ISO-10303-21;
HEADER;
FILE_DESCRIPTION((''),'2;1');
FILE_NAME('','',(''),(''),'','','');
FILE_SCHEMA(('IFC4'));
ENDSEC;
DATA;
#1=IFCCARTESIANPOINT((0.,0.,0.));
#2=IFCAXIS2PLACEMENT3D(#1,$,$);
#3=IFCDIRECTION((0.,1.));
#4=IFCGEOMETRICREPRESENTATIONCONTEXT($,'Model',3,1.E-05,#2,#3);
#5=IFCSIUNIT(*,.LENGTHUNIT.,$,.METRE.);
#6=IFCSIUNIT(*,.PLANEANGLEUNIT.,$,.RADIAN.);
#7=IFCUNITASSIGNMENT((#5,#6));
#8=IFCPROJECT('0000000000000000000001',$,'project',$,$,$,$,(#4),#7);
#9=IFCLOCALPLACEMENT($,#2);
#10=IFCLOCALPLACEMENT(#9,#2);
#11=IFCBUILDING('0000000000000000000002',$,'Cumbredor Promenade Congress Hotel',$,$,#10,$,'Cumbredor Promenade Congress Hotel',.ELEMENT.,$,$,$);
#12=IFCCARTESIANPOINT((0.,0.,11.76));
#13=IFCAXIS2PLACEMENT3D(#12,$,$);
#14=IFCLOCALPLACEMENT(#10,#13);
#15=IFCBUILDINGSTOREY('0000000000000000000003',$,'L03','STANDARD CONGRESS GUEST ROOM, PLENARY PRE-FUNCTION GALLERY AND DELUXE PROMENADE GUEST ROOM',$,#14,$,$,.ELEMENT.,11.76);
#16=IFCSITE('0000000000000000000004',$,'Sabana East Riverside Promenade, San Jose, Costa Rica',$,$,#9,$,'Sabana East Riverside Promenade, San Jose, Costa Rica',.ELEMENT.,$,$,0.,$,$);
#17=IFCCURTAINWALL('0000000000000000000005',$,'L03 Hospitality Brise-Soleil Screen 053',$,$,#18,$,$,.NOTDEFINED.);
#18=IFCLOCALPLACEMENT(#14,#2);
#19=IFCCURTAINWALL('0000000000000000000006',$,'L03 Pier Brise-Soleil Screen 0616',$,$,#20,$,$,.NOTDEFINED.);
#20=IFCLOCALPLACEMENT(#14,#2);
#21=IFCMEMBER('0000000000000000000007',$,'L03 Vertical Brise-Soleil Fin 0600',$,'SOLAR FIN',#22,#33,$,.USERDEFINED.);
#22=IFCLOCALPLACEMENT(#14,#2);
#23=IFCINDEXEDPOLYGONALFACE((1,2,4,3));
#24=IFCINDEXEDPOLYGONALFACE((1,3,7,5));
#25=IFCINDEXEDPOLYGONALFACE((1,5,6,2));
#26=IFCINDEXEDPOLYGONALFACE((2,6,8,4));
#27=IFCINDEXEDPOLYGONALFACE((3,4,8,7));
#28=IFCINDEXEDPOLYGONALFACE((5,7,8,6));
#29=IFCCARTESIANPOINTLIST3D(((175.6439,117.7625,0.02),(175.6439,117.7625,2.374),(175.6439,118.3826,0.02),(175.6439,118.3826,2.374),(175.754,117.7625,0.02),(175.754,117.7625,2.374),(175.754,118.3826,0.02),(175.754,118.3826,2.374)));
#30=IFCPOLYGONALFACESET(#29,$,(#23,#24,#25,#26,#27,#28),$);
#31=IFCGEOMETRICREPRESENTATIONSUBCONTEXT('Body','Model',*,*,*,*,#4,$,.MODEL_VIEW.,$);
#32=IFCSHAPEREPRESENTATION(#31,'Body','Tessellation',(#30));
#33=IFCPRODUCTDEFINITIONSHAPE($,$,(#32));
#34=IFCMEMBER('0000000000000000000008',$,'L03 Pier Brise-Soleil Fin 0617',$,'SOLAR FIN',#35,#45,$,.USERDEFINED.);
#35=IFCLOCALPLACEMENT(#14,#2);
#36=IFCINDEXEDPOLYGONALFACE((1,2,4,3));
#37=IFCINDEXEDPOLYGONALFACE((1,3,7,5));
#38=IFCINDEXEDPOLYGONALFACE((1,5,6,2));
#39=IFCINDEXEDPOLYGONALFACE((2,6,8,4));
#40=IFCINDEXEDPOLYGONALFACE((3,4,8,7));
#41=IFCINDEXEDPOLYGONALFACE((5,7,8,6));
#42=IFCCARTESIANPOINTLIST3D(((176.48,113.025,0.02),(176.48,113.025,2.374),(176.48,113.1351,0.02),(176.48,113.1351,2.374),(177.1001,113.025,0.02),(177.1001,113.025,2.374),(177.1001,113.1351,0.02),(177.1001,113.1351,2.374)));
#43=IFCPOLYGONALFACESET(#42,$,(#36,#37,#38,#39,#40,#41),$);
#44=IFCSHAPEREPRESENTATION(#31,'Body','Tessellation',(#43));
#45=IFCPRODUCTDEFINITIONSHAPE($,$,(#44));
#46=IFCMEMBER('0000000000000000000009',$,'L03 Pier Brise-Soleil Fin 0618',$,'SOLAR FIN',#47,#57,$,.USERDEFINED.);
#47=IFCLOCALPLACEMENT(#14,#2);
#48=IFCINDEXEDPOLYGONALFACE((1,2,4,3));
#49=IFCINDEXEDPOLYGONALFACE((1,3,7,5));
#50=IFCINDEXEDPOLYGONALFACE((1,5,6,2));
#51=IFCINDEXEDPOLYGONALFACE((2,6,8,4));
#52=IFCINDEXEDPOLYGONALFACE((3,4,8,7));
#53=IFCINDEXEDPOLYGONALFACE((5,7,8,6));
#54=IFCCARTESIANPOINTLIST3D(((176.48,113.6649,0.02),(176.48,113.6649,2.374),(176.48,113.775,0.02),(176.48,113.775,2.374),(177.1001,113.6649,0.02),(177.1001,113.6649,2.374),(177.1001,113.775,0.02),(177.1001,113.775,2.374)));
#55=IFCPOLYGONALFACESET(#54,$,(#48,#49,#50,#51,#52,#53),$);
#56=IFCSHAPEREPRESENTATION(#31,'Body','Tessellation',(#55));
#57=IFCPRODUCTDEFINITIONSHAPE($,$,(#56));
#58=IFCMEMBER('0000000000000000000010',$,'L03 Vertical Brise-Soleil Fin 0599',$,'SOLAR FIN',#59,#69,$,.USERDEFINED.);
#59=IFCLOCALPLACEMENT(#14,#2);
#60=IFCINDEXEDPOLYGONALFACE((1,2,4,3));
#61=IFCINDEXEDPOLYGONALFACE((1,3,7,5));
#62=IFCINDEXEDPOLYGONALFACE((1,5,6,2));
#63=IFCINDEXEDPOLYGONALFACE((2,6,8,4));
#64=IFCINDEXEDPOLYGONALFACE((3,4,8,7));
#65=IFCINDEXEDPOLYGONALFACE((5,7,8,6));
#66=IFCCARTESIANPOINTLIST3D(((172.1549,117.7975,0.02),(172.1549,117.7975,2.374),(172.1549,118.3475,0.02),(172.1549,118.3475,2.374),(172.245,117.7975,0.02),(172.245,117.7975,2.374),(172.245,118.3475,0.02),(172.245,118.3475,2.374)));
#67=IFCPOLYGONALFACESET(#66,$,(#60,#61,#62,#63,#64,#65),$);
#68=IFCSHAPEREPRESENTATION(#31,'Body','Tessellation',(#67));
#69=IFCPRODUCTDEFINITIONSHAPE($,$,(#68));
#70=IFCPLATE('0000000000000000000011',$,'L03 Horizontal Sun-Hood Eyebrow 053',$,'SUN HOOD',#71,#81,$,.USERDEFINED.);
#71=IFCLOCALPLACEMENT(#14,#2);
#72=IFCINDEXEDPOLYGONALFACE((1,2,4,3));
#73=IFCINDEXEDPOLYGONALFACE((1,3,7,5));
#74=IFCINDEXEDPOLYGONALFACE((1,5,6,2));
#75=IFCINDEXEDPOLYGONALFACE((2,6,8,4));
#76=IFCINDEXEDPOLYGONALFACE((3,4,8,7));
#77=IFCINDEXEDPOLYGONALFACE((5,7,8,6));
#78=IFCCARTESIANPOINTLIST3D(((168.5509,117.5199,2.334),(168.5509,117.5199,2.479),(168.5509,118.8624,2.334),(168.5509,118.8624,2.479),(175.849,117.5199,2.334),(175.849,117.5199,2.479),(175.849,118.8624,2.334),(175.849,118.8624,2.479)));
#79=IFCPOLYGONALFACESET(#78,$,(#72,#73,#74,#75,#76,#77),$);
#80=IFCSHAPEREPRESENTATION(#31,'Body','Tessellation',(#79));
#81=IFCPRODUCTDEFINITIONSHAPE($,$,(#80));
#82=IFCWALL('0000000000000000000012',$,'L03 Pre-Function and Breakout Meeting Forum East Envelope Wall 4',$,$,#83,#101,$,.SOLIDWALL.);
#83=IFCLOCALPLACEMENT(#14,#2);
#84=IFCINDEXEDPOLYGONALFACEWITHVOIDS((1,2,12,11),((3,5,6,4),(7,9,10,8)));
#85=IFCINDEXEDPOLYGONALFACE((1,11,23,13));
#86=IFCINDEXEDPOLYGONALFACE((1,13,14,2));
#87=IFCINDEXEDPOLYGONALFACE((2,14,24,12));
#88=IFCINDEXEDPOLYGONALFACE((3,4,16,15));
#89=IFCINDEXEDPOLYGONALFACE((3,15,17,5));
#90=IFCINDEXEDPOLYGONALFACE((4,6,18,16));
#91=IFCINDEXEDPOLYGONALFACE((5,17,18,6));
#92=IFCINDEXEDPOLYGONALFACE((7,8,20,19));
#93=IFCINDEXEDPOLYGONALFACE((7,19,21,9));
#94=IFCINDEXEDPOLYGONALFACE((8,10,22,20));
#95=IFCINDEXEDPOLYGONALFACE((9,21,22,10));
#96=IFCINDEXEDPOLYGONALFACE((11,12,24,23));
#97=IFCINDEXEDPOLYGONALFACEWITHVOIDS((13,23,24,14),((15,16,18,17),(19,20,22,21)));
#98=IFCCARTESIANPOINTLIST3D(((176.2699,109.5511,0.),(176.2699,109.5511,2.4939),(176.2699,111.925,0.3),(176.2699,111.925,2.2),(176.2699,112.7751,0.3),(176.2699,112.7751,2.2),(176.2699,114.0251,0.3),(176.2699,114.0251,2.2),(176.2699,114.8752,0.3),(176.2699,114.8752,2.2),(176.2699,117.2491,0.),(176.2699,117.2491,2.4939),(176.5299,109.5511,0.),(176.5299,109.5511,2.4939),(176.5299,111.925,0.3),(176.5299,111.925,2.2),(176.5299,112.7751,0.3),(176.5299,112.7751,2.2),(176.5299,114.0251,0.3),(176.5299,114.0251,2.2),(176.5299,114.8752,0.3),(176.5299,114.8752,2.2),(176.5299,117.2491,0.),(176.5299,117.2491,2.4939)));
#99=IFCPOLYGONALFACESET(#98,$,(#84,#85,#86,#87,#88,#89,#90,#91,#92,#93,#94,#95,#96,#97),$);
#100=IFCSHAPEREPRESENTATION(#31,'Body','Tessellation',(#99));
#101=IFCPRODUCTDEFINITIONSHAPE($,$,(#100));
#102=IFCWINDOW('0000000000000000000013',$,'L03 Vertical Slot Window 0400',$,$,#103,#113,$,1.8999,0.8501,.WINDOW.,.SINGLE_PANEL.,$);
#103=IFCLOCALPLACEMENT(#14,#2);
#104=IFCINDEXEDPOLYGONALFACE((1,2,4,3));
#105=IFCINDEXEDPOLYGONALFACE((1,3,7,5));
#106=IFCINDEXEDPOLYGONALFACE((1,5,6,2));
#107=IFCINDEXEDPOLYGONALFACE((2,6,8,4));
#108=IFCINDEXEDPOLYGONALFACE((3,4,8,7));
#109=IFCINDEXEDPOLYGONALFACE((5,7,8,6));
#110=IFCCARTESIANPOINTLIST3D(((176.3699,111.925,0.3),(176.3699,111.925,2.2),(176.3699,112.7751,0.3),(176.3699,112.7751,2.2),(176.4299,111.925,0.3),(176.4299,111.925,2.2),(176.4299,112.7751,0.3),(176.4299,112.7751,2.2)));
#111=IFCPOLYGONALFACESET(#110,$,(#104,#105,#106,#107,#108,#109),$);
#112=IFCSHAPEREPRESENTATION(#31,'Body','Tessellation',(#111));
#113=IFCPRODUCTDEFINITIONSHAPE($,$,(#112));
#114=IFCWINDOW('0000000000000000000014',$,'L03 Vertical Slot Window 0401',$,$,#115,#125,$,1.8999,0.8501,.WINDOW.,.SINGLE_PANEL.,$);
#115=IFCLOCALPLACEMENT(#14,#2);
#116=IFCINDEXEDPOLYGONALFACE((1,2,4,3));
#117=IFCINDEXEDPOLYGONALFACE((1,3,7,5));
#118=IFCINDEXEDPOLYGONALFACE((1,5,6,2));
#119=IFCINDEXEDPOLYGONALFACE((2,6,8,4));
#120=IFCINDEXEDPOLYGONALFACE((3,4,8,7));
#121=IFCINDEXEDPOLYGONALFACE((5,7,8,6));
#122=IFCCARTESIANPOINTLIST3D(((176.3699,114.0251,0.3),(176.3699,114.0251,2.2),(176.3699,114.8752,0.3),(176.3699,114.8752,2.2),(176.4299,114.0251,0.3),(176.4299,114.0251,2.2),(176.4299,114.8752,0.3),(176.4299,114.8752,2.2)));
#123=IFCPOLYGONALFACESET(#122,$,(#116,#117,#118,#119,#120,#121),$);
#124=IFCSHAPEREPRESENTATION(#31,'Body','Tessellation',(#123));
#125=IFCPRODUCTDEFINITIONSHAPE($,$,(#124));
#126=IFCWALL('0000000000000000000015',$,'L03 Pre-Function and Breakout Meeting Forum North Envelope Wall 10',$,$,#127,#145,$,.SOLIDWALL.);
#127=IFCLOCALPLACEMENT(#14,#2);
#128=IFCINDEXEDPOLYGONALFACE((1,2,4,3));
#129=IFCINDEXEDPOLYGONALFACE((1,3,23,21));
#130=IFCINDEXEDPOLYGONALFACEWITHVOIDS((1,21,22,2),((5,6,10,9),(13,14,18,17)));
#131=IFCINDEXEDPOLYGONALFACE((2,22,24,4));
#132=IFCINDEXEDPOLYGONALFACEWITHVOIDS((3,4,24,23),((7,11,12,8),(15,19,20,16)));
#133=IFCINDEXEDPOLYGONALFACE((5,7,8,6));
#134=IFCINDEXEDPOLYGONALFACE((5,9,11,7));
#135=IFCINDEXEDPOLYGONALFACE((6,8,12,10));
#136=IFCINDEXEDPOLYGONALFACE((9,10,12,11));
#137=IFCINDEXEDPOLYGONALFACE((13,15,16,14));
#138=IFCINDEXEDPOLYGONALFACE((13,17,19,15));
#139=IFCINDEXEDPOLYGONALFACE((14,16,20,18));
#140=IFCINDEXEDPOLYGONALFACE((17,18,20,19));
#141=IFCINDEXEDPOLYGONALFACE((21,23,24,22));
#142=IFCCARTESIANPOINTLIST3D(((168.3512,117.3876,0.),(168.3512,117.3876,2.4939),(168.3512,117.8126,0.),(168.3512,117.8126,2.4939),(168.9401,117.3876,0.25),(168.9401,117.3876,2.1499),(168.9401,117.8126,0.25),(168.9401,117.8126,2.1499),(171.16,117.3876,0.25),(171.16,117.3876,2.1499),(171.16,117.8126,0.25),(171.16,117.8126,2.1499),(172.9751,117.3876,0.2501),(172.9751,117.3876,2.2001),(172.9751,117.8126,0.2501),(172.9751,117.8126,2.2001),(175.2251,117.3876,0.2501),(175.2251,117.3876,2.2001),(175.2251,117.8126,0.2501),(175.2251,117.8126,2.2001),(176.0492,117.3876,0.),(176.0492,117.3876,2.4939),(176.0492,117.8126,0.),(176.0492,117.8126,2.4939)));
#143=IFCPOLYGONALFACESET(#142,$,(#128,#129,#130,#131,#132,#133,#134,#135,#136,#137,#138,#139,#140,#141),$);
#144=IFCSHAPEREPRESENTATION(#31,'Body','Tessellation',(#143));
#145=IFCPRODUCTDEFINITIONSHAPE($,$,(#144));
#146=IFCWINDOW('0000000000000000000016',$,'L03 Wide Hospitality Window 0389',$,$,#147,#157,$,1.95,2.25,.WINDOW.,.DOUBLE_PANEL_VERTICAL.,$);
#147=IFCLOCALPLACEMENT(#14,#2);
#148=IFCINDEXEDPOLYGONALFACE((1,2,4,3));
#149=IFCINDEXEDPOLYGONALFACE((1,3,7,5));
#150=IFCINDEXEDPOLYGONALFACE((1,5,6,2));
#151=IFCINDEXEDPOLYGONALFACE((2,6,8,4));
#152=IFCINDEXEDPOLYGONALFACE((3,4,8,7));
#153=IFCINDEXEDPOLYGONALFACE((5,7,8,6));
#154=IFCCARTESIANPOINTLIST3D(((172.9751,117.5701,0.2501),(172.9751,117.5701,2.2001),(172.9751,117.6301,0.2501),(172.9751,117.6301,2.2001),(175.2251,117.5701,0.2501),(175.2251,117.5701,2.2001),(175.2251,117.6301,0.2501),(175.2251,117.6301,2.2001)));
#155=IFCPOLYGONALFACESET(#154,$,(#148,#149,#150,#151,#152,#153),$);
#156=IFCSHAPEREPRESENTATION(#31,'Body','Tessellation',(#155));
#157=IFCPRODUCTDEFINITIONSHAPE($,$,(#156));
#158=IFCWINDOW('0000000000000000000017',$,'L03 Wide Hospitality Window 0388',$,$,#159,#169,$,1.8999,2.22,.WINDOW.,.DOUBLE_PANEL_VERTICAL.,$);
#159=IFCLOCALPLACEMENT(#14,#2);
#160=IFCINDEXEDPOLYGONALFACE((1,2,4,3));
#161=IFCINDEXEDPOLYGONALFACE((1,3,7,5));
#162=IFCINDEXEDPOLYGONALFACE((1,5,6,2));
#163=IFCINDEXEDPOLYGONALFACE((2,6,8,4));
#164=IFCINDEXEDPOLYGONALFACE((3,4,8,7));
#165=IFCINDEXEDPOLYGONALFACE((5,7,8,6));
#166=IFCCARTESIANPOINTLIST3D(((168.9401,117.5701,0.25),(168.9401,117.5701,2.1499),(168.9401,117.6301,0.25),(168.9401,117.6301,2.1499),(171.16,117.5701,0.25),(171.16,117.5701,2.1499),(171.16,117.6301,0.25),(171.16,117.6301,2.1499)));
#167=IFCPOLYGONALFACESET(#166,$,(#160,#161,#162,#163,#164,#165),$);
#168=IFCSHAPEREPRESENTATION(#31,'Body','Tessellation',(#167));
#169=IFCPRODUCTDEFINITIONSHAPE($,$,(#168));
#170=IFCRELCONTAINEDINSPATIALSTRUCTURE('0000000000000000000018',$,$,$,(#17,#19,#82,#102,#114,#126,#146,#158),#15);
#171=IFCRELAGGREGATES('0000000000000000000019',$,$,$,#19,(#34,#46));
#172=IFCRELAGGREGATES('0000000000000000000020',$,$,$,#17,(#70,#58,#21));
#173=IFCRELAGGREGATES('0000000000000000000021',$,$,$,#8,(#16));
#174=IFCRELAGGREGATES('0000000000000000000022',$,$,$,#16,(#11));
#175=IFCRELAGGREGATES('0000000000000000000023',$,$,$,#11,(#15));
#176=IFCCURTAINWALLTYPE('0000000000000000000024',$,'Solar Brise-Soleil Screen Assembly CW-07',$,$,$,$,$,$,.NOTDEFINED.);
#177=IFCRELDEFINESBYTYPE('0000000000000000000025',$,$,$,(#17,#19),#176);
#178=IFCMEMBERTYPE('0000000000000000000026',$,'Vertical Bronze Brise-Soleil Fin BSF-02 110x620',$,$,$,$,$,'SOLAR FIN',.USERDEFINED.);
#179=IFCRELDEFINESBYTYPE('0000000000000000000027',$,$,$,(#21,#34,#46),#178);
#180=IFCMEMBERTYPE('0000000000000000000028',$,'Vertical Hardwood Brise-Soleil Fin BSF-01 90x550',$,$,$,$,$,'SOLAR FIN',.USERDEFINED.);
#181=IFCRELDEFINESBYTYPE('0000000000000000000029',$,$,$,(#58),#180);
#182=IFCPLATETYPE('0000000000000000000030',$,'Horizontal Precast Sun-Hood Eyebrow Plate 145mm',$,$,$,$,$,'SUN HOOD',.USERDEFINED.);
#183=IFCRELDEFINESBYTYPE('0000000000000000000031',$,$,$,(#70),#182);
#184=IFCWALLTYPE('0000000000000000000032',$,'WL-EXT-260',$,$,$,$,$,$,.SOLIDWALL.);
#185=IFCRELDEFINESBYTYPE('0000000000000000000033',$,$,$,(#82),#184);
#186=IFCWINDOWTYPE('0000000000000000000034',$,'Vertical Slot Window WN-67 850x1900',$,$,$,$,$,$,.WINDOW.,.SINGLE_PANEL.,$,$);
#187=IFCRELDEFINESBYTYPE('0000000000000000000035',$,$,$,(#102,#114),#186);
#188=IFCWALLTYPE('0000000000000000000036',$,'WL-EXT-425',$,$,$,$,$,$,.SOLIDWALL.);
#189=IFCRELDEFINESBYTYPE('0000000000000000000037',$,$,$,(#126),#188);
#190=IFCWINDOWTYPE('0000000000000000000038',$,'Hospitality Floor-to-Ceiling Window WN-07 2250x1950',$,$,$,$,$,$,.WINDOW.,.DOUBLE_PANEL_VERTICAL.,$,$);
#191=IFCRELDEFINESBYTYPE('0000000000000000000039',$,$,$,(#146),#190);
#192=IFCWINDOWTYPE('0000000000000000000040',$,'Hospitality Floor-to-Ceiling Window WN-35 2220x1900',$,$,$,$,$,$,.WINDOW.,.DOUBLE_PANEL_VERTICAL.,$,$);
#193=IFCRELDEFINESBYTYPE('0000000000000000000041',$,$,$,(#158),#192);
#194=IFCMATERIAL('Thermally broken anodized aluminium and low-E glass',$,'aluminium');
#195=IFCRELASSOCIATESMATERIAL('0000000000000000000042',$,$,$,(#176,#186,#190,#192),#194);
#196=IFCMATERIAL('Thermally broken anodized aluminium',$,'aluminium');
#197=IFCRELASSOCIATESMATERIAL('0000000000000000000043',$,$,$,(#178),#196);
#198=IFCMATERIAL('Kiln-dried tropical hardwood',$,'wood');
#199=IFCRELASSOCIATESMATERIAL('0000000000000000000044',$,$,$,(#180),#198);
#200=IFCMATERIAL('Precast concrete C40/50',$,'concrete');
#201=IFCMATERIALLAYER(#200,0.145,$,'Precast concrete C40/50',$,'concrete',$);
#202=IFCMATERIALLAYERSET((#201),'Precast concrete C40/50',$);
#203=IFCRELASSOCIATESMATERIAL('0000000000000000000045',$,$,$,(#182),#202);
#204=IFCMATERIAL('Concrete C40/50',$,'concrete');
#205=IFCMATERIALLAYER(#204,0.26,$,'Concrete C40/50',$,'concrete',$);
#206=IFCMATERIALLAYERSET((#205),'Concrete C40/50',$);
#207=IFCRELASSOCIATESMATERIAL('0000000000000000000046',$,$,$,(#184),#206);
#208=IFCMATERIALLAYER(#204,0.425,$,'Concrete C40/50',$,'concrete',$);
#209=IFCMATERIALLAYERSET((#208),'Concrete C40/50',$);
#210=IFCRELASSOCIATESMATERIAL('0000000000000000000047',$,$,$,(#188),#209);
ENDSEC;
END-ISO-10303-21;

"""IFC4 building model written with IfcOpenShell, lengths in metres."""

from ifc_helpers import new_model, si_unit, direction, frame, frame_2d, origin, origin_2d, place, context, subcontext, project, spatial, rectangle, extrude, material, layer, layer_set, material_profile, profile_set, type_object, element, fill, aggregate, save


model = new_model("IFC4")

# Units and contexts
model_context = context("Model", 3, precision=1e-05, world=origin(), true_north=direction((0.0, 1.0)))
body_context = subcontext(model_context, "Body", "Model", "MODEL_VIEW")
ifc_project = project(units=[si_unit("LENGTHUNIT", "METRE"), si_unit("PLANEANGLEUNIT", "RADIAN")], contexts=[model_context])

# Site, building, storey
site_placement = place(None, origin())
site = spatial("IfcSite", under=ifc_project, at=site_placement, Name="Sabana East Riverside Promenade, San Jose, Costa Rica", LongName="Sabana East Riverside Promenade, San Jose, Costa Rica", CompositionType="ELEMENT", RefElevation=0.0)
building_placement = place(site_placement, origin())
building = spatial("IfcBuilding", under=site, at=building_placement, Name="Cumbredor Promenade Congress Hotel", LongName="Cumbredor Promenade Congress Hotel", CompositionType="ELEMENT")
storey_placement = place(building_placement, frame((0.0, 0.0, 11.76)))
storey = spatial("IfcBuildingStorey", under=building, at=storey_placement, Name="L03", Description="STANDARD CONGRESS GUEST ROOM, PLENARY PRE-FUNCTION GALLERY AND DELUXE PROMENADE GUEST ROOM", CompositionType="ELEMENT", Elevation=11.76)

# Shared definitions
ifc_material_1 = material(Name="Concrete C40/50", Category="concrete")

# Curtain walls
ifc_material_2 = material(Name="Thermally broken anodized aluminium and low-E glass", Category="aluminium")
curtain_wall_type = type_object("IfcCurtainWallType", Name="Solar Brise-Soleil Screen Assembly CW-07", PredefinedType="NOTDEFINED", material=ifc_material_2)
curtain_wall_1_placement = place(storey_placement, origin())
curtain_wall_1 = element("IfcCurtainWall", 1, at=curtain_wall_1_placement, inside=storey, type_object=curtain_wall_type, Name="L03 Hospitality Brise-Soleil Screen 053", PredefinedType="NOTDEFINED")
ifc_material_3 = material(Name="Thermally broken anodized aluminium", Category="aluminium")
curtain_wall_2_placement = place(storey_placement, origin())
curtain_wall_2 = element("IfcCurtainWall", 2, at=curtain_wall_2_placement, inside=storey, type_object=curtain_wall_type, Name="L03 Pier Brise-Soleil Screen 0616", PredefinedType="NOTDEFINED")

# Members
ifc_material_profile_1 = material_profile(ifc_material_3, rectangle(XDim=0.1101, YDim=0.6201, at=origin_2d()), Name="ARCH FIN 110x620")
ifc_profile_set_1 = profile_set([ifc_material_profile_1], Name="Thermally broken anodized aluminium")
member_type_1 = type_object("IfcMemberType", Name="Vertical Bronze Brise-Soleil Fin BSF-02 110x620", ElementType="SOLAR FIN", PredefinedType="USERDEFINED", material=ifc_profile_set_1)
member_1_placement = place(storey_placement, frame((175.699, 118.0725, 0.02), z_axis=(0.0, 0.0, 1.0), x_axis=(1.0, 0.0, 0.0)))
member_1 = element("IfcMember", 3, at=member_1_placement, type_object=member_type_1, Name="L03 Vertical Brise-Soleil Fin 0600", ObjectType="SOLAR FIN", PredefinedType="USERDEFINED", context=body_context, shape_type="SweptSolid", body=[
    extrude(rectangle(XDim=0.1101, YDim=0.6201, at=origin_2d()), origin(), (0.0, 0.0, 1.0), 2.354),
])
member_2_placement = place(storey_placement, frame((176.79, 113.0801, 0.02), z_axis=(0.0, 0.0, 1.0), x_axis=(0.0, 1.0, 0.0)))
member_2 = element("IfcMember", 4, at=member_2_placement, type_object=member_type_1, Name="L03 Pier Brise-Soleil Fin 0617", ObjectType="SOLAR FIN", PredefinedType="USERDEFINED", context=body_context, shape_type="SweptSolid", body=[
    extrude(rectangle(XDim=0.1101, YDim=0.6201, at=origin_2d()), origin(), (0.0, 0.0, 1.0), 2.354),
])
member_3_placement = place(storey_placement, frame((176.79, 113.72, 0.02), z_axis=(0.0, 0.0, 1.0), x_axis=(0.0, 1.0, 0.0)))
member_3 = element("IfcMember", 5, at=member_3_placement, type_object=member_type_1, Name="L03 Pier Brise-Soleil Fin 0618", ObjectType="SOLAR FIN", PredefinedType="USERDEFINED", context=body_context, shape_type="SweptSolid", body=[
    extrude(rectangle(XDim=0.1101, YDim=0.6201, at=origin_2d()), origin(), (0.0, 0.0, 1.0), 2.354),
])
aggregate(curtain_wall_2, [member_2, member_3])
ifc_material_4 = material(Name="Kiln-dried tropical hardwood", Category="wood")
ifc_material_profile_2 = material_profile(ifc_material_4, rectangle(XDim=0.0901, YDim=0.55, at=origin_2d()), Name="ARCH FIN 90x550")
ifc_profile_set_2 = profile_set([ifc_material_profile_2], Name="Kiln-dried tropical hardwood")
member_type_2 = type_object("IfcMemberType", Name="Vertical Hardwood Brise-Soleil Fin BSF-01 90x550", ElementType="SOLAR FIN", PredefinedType="USERDEFINED", material=ifc_profile_set_2)
member_4_placement = place(storey_placement, frame((172.2, 118.0725, 0.02), z_axis=(0.0, 0.0, 1.0), x_axis=(1.0, 0.0, 0.0)))
member_4 = element("IfcMember", 6, at=member_4_placement, type_object=member_type_2, Name="L03 Vertical Brise-Soleil Fin 0599", ObjectType="SOLAR FIN", PredefinedType="USERDEFINED", context=body_context, shape_type="SweptSolid", body=[
    extrude(rectangle(XDim=0.0901, YDim=0.55, at=origin_2d()), origin(), (0.0, 0.0, 1.0), 2.354),
])

# Plate
ifc_material_5 = material(Name="Precast concrete C40/50", Category="concrete")
ifc_layer_1 = layer(ifc_material_5, 0.145, Name="Precast concrete C40/50", Category="concrete")
ifc_layer_set_1 = layer_set([ifc_layer_1], Name="Precast concrete C40/50")
plate_type = type_object("IfcPlateType", Name="Horizontal Precast Sun-Hood Eyebrow Plate 145mm", ElementType="SUN HOOD", PredefinedType="USERDEFINED", material=ifc_layer_set_1)
plate_placement = place(storey_placement, frame((172.2, 118.1912, 2.334), z_axis=(0.0, 0.0, 1.0), x_axis=(1.0, 0.0, 0.0)))
plate = element("IfcPlate", 7, at=plate_placement, type_object=plate_type, Name="L03 Horizontal Sun-Hood Eyebrow 053", ObjectType="SUN HOOD", PredefinedType="USERDEFINED", context=body_context, shape_type="SweptSolid", body=[
    extrude(rectangle(XDim=7.2981, YDim=1.3425, at=origin_2d()), origin(), (0.0, 0.0, 1.0), 0.145),
])
aggregate(curtain_wall_1, [plate, member_4, member_1])

# Walls, openings, windows
ifc_layer_2 = layer(ifc_material_1, 0.26, Name="Concrete C40/50", Category="concrete")
ifc_layer_set_2 = layer_set([ifc_layer_2], Name="Concrete C40/50")
wall_type_1 = type_object("IfcWallType", Name="WL-EXT-260", PredefinedType="SOLIDWALL", material=ifc_layer_set_2)
wall_1_placement = place(storey_placement, frame((176.3999, 109.551, 0.0), z_axis=(0.0, 0.0, 1.0), x_axis=(0.0, 1.0, 0.0)))
wall_1 = element("IfcWall", 8, at=wall_1_placement, inside=storey, type_object=wall_type_1, Name="L03 Pre-Function and Breakout Meeting Forum East Envelope Wall 4", PredefinedType="SOLIDWALL", context=body_context, shape_type="SweptSolid", body=[
    extrude(rectangle(XDim=7.698, YDim=0.26, at=frame_2d((3.8491, 0.0))), origin(), (0.0, 0.0, 1.0), 2.4939),
])
opening_1_placement = place(wall_1_placement, frame((2.374, 0.0, 0.3)))
opening_1 = element("IfcOpeningElement", 9, at=opening_1_placement, cuts=wall_1, PredefinedType="OPENING", context=body_context, shape_type="SweptSolid", body=[
    extrude(rectangle(XDim=0.8501, YDim=1.8999, at=frame_2d((0.425, 0.95))), frame((0.0, 0.1401, 0.0), z_axis=(0.0, -1.0, 0.0), x_axis=(1.0, 0.0, 0.0)), (0.0, 0.0, 1.0), 0.28),
])
opening_2_placement = place(wall_1_placement, frame((4.4741, 0.0, 0.3)))
opening_2 = element("IfcOpeningElement", 10, at=opening_2_placement, cuts=wall_1, PredefinedType="OPENING", context=body_context, shape_type="SweptSolid", body=[
    extrude(rectangle(XDim=0.8501, YDim=1.8999, at=frame_2d((0.425, 0.95))), frame((0.0, 0.1401, 0.0), z_axis=(0.0, -1.0, 0.0), x_axis=(1.0, 0.0, 0.0)), (0.0, 0.0, 1.0), 0.28),
])
window_type_1 = type_object("IfcWindowType", Name="Vertical Slot Window WN-67 850x1900", PartitioningType="SINGLE_PANEL", PredefinedType="WINDOW", material=ifc_material_2)
window_1_placement = place(opening_1_placement, origin())
window_1 = element("IfcWindow", 11, at=window_1_placement, inside=storey, type_object=window_type_1, Name="L03 Vertical Slot Window 0400", OverallHeight=1.8999, OverallWidth=0.8501, PartitioningType="SINGLE_PANEL", PredefinedType="WINDOW", context=body_context, shape_type="SweptSolid", body=[
    extrude(rectangle(XDim=0.8501, YDim=1.8999, at=frame_2d((0.425, 0.95))), frame((0.0, 0.03, 0.0), z_axis=(0.0, -1.0, 0.0), x_axis=(1.0, 0.0, 0.0)), (0.0, 0.0, 1.0), 0.0601),
])
fill(opening_1, window_1)
window_2_placement = place(opening_2_placement, origin())
window_2 = element("IfcWindow", 12, at=window_2_placement, inside=storey, type_object=window_type_1, Name="L03 Vertical Slot Window 0401", OverallHeight=1.8999, OverallWidth=0.8501, PartitioningType="SINGLE_PANEL", PredefinedType="WINDOW", context=body_context, shape_type="SweptSolid", body=[
    extrude(rectangle(XDim=0.8501, YDim=1.8999, at=frame_2d((0.425, 0.95))), frame((0.0, 0.03, 0.0), z_axis=(0.0, -1.0, 0.0), x_axis=(1.0, 0.0, 0.0)), (0.0, 0.0, 1.0), 0.0601),
])
fill(opening_2, window_2)
ifc_layer_3 = layer(ifc_material_1, 0.425, Name="Concrete C40/50", Category="concrete")
ifc_layer_set_3 = layer_set([ifc_layer_3], Name="Concrete C40/50")
wall_type_2 = type_object("IfcWallType", Name="WL-EXT-425", PredefinedType="SOLIDWALL", material=ifc_layer_set_3)
wall_2_placement = place(storey_placement, frame((168.3511, 117.6001, 0.0), z_axis=(0.0, 0.0, 1.0), x_axis=(1.0, 0.0, 0.0)))
wall_2 = element("IfcWall", 13, at=wall_2_placement, inside=storey, type_object=wall_type_2, Name="L03 Pre-Function and Breakout Meeting Forum North Envelope Wall 10", PredefinedType="SOLIDWALL", context=body_context, shape_type="SweptSolid", body=[
    extrude(rectangle(XDim=7.698, YDim=0.425, at=frame_2d((3.8491, 0.0))), origin(), (0.0, 0.0, 1.0), 2.4939),
])
opening_3_placement = place(wall_2_placement, frame((0.5891, 0.0, 0.25)))
opening_3 = element("IfcOpeningElement", 14, at=opening_3_placement, cuts=wall_2, PredefinedType="OPENING", context=body_context, shape_type="SweptSolid", body=[
    extrude(rectangle(XDim=2.22, YDim=1.8999, at=frame_2d((1.1099, 0.95))), frame((0.0, 0.2227, 0.0), z_axis=(0.0, -1.0, 0.0), x_axis=(1.0, 0.0, 0.0)), (0.0, 0.0, 1.0), 0.4451),
])
opening_4_placement = place(wall_2_placement, frame((4.624, 0.0, 0.25)))
opening_4 = element("IfcOpeningElement", 15, at=opening_4_placement, cuts=wall_2, PredefinedType="OPENING", context=body_context, shape_type="SweptSolid", body=[
    extrude(rectangle(XDim=2.25, YDim=1.95, at=frame_2d((1.125, 0.9751))), frame((0.0, 0.2227, 0.0), z_axis=(0.0, -1.0, 0.0), x_axis=(1.0, 0.0, 0.0)), (0.0, 0.0, 1.0), 0.4451),
])
window_type_2 = type_object("IfcWindowType", Name="Hospitality Floor-to-Ceiling Window WN-07 2250x1950", PartitioningType="DOUBLE_PANEL_VERTICAL", PredefinedType="WINDOW", material=ifc_material_2)
window_3_placement = place(opening_4_placement, origin())
window_3 = element("IfcWindow", 16, at=window_3_placement, inside=storey, type_object=window_type_2, Name="L03 Wide Hospitality Window 0389", OverallHeight=1.95, OverallWidth=2.25, PartitioningType="DOUBLE_PANEL_VERTICAL", PredefinedType="WINDOW", context=body_context, shape_type="SweptSolid", body=[
    extrude(rectangle(XDim=2.25, YDim=1.95, at=frame_2d((1.125, 0.9751))), frame((0.0, 0.03, 0.0), z_axis=(0.0, -1.0, 0.0), x_axis=(1.0, 0.0, 0.0)), (0.0, 0.0, 1.0), 0.0601),
])
fill(opening_4, window_3)
window_type_3 = type_object("IfcWindowType", Name="Hospitality Floor-to-Ceiling Window WN-35 2220x1900", PartitioningType="DOUBLE_PANEL_VERTICAL", PredefinedType="WINDOW", material=ifc_material_2)
window_4_placement = place(opening_3_placement, origin())
window_4 = element("IfcWindow", 17, at=window_4_placement, inside=storey, type_object=window_type_3, Name="L03 Wide Hospitality Window 0388", OverallHeight=1.8999, OverallWidth=2.22, PartitioningType="DOUBLE_PANEL_VERTICAL", PredefinedType="WINDOW", context=body_context, shape_type="SweptSolid", body=[
    extrude(rectangle(XDim=2.22, YDim=1.8999, at=frame_2d((1.1099, 0.95))), frame((0.0, 0.03, 0.0), z_axis=(0.0, -1.0, 0.0), x_axis=(1.0, 0.0, 0.0)), (0.0, 0.0, 1.0), 0.0601),
])
fill(opening_3, window_4)

save(model, "model.ifc")
